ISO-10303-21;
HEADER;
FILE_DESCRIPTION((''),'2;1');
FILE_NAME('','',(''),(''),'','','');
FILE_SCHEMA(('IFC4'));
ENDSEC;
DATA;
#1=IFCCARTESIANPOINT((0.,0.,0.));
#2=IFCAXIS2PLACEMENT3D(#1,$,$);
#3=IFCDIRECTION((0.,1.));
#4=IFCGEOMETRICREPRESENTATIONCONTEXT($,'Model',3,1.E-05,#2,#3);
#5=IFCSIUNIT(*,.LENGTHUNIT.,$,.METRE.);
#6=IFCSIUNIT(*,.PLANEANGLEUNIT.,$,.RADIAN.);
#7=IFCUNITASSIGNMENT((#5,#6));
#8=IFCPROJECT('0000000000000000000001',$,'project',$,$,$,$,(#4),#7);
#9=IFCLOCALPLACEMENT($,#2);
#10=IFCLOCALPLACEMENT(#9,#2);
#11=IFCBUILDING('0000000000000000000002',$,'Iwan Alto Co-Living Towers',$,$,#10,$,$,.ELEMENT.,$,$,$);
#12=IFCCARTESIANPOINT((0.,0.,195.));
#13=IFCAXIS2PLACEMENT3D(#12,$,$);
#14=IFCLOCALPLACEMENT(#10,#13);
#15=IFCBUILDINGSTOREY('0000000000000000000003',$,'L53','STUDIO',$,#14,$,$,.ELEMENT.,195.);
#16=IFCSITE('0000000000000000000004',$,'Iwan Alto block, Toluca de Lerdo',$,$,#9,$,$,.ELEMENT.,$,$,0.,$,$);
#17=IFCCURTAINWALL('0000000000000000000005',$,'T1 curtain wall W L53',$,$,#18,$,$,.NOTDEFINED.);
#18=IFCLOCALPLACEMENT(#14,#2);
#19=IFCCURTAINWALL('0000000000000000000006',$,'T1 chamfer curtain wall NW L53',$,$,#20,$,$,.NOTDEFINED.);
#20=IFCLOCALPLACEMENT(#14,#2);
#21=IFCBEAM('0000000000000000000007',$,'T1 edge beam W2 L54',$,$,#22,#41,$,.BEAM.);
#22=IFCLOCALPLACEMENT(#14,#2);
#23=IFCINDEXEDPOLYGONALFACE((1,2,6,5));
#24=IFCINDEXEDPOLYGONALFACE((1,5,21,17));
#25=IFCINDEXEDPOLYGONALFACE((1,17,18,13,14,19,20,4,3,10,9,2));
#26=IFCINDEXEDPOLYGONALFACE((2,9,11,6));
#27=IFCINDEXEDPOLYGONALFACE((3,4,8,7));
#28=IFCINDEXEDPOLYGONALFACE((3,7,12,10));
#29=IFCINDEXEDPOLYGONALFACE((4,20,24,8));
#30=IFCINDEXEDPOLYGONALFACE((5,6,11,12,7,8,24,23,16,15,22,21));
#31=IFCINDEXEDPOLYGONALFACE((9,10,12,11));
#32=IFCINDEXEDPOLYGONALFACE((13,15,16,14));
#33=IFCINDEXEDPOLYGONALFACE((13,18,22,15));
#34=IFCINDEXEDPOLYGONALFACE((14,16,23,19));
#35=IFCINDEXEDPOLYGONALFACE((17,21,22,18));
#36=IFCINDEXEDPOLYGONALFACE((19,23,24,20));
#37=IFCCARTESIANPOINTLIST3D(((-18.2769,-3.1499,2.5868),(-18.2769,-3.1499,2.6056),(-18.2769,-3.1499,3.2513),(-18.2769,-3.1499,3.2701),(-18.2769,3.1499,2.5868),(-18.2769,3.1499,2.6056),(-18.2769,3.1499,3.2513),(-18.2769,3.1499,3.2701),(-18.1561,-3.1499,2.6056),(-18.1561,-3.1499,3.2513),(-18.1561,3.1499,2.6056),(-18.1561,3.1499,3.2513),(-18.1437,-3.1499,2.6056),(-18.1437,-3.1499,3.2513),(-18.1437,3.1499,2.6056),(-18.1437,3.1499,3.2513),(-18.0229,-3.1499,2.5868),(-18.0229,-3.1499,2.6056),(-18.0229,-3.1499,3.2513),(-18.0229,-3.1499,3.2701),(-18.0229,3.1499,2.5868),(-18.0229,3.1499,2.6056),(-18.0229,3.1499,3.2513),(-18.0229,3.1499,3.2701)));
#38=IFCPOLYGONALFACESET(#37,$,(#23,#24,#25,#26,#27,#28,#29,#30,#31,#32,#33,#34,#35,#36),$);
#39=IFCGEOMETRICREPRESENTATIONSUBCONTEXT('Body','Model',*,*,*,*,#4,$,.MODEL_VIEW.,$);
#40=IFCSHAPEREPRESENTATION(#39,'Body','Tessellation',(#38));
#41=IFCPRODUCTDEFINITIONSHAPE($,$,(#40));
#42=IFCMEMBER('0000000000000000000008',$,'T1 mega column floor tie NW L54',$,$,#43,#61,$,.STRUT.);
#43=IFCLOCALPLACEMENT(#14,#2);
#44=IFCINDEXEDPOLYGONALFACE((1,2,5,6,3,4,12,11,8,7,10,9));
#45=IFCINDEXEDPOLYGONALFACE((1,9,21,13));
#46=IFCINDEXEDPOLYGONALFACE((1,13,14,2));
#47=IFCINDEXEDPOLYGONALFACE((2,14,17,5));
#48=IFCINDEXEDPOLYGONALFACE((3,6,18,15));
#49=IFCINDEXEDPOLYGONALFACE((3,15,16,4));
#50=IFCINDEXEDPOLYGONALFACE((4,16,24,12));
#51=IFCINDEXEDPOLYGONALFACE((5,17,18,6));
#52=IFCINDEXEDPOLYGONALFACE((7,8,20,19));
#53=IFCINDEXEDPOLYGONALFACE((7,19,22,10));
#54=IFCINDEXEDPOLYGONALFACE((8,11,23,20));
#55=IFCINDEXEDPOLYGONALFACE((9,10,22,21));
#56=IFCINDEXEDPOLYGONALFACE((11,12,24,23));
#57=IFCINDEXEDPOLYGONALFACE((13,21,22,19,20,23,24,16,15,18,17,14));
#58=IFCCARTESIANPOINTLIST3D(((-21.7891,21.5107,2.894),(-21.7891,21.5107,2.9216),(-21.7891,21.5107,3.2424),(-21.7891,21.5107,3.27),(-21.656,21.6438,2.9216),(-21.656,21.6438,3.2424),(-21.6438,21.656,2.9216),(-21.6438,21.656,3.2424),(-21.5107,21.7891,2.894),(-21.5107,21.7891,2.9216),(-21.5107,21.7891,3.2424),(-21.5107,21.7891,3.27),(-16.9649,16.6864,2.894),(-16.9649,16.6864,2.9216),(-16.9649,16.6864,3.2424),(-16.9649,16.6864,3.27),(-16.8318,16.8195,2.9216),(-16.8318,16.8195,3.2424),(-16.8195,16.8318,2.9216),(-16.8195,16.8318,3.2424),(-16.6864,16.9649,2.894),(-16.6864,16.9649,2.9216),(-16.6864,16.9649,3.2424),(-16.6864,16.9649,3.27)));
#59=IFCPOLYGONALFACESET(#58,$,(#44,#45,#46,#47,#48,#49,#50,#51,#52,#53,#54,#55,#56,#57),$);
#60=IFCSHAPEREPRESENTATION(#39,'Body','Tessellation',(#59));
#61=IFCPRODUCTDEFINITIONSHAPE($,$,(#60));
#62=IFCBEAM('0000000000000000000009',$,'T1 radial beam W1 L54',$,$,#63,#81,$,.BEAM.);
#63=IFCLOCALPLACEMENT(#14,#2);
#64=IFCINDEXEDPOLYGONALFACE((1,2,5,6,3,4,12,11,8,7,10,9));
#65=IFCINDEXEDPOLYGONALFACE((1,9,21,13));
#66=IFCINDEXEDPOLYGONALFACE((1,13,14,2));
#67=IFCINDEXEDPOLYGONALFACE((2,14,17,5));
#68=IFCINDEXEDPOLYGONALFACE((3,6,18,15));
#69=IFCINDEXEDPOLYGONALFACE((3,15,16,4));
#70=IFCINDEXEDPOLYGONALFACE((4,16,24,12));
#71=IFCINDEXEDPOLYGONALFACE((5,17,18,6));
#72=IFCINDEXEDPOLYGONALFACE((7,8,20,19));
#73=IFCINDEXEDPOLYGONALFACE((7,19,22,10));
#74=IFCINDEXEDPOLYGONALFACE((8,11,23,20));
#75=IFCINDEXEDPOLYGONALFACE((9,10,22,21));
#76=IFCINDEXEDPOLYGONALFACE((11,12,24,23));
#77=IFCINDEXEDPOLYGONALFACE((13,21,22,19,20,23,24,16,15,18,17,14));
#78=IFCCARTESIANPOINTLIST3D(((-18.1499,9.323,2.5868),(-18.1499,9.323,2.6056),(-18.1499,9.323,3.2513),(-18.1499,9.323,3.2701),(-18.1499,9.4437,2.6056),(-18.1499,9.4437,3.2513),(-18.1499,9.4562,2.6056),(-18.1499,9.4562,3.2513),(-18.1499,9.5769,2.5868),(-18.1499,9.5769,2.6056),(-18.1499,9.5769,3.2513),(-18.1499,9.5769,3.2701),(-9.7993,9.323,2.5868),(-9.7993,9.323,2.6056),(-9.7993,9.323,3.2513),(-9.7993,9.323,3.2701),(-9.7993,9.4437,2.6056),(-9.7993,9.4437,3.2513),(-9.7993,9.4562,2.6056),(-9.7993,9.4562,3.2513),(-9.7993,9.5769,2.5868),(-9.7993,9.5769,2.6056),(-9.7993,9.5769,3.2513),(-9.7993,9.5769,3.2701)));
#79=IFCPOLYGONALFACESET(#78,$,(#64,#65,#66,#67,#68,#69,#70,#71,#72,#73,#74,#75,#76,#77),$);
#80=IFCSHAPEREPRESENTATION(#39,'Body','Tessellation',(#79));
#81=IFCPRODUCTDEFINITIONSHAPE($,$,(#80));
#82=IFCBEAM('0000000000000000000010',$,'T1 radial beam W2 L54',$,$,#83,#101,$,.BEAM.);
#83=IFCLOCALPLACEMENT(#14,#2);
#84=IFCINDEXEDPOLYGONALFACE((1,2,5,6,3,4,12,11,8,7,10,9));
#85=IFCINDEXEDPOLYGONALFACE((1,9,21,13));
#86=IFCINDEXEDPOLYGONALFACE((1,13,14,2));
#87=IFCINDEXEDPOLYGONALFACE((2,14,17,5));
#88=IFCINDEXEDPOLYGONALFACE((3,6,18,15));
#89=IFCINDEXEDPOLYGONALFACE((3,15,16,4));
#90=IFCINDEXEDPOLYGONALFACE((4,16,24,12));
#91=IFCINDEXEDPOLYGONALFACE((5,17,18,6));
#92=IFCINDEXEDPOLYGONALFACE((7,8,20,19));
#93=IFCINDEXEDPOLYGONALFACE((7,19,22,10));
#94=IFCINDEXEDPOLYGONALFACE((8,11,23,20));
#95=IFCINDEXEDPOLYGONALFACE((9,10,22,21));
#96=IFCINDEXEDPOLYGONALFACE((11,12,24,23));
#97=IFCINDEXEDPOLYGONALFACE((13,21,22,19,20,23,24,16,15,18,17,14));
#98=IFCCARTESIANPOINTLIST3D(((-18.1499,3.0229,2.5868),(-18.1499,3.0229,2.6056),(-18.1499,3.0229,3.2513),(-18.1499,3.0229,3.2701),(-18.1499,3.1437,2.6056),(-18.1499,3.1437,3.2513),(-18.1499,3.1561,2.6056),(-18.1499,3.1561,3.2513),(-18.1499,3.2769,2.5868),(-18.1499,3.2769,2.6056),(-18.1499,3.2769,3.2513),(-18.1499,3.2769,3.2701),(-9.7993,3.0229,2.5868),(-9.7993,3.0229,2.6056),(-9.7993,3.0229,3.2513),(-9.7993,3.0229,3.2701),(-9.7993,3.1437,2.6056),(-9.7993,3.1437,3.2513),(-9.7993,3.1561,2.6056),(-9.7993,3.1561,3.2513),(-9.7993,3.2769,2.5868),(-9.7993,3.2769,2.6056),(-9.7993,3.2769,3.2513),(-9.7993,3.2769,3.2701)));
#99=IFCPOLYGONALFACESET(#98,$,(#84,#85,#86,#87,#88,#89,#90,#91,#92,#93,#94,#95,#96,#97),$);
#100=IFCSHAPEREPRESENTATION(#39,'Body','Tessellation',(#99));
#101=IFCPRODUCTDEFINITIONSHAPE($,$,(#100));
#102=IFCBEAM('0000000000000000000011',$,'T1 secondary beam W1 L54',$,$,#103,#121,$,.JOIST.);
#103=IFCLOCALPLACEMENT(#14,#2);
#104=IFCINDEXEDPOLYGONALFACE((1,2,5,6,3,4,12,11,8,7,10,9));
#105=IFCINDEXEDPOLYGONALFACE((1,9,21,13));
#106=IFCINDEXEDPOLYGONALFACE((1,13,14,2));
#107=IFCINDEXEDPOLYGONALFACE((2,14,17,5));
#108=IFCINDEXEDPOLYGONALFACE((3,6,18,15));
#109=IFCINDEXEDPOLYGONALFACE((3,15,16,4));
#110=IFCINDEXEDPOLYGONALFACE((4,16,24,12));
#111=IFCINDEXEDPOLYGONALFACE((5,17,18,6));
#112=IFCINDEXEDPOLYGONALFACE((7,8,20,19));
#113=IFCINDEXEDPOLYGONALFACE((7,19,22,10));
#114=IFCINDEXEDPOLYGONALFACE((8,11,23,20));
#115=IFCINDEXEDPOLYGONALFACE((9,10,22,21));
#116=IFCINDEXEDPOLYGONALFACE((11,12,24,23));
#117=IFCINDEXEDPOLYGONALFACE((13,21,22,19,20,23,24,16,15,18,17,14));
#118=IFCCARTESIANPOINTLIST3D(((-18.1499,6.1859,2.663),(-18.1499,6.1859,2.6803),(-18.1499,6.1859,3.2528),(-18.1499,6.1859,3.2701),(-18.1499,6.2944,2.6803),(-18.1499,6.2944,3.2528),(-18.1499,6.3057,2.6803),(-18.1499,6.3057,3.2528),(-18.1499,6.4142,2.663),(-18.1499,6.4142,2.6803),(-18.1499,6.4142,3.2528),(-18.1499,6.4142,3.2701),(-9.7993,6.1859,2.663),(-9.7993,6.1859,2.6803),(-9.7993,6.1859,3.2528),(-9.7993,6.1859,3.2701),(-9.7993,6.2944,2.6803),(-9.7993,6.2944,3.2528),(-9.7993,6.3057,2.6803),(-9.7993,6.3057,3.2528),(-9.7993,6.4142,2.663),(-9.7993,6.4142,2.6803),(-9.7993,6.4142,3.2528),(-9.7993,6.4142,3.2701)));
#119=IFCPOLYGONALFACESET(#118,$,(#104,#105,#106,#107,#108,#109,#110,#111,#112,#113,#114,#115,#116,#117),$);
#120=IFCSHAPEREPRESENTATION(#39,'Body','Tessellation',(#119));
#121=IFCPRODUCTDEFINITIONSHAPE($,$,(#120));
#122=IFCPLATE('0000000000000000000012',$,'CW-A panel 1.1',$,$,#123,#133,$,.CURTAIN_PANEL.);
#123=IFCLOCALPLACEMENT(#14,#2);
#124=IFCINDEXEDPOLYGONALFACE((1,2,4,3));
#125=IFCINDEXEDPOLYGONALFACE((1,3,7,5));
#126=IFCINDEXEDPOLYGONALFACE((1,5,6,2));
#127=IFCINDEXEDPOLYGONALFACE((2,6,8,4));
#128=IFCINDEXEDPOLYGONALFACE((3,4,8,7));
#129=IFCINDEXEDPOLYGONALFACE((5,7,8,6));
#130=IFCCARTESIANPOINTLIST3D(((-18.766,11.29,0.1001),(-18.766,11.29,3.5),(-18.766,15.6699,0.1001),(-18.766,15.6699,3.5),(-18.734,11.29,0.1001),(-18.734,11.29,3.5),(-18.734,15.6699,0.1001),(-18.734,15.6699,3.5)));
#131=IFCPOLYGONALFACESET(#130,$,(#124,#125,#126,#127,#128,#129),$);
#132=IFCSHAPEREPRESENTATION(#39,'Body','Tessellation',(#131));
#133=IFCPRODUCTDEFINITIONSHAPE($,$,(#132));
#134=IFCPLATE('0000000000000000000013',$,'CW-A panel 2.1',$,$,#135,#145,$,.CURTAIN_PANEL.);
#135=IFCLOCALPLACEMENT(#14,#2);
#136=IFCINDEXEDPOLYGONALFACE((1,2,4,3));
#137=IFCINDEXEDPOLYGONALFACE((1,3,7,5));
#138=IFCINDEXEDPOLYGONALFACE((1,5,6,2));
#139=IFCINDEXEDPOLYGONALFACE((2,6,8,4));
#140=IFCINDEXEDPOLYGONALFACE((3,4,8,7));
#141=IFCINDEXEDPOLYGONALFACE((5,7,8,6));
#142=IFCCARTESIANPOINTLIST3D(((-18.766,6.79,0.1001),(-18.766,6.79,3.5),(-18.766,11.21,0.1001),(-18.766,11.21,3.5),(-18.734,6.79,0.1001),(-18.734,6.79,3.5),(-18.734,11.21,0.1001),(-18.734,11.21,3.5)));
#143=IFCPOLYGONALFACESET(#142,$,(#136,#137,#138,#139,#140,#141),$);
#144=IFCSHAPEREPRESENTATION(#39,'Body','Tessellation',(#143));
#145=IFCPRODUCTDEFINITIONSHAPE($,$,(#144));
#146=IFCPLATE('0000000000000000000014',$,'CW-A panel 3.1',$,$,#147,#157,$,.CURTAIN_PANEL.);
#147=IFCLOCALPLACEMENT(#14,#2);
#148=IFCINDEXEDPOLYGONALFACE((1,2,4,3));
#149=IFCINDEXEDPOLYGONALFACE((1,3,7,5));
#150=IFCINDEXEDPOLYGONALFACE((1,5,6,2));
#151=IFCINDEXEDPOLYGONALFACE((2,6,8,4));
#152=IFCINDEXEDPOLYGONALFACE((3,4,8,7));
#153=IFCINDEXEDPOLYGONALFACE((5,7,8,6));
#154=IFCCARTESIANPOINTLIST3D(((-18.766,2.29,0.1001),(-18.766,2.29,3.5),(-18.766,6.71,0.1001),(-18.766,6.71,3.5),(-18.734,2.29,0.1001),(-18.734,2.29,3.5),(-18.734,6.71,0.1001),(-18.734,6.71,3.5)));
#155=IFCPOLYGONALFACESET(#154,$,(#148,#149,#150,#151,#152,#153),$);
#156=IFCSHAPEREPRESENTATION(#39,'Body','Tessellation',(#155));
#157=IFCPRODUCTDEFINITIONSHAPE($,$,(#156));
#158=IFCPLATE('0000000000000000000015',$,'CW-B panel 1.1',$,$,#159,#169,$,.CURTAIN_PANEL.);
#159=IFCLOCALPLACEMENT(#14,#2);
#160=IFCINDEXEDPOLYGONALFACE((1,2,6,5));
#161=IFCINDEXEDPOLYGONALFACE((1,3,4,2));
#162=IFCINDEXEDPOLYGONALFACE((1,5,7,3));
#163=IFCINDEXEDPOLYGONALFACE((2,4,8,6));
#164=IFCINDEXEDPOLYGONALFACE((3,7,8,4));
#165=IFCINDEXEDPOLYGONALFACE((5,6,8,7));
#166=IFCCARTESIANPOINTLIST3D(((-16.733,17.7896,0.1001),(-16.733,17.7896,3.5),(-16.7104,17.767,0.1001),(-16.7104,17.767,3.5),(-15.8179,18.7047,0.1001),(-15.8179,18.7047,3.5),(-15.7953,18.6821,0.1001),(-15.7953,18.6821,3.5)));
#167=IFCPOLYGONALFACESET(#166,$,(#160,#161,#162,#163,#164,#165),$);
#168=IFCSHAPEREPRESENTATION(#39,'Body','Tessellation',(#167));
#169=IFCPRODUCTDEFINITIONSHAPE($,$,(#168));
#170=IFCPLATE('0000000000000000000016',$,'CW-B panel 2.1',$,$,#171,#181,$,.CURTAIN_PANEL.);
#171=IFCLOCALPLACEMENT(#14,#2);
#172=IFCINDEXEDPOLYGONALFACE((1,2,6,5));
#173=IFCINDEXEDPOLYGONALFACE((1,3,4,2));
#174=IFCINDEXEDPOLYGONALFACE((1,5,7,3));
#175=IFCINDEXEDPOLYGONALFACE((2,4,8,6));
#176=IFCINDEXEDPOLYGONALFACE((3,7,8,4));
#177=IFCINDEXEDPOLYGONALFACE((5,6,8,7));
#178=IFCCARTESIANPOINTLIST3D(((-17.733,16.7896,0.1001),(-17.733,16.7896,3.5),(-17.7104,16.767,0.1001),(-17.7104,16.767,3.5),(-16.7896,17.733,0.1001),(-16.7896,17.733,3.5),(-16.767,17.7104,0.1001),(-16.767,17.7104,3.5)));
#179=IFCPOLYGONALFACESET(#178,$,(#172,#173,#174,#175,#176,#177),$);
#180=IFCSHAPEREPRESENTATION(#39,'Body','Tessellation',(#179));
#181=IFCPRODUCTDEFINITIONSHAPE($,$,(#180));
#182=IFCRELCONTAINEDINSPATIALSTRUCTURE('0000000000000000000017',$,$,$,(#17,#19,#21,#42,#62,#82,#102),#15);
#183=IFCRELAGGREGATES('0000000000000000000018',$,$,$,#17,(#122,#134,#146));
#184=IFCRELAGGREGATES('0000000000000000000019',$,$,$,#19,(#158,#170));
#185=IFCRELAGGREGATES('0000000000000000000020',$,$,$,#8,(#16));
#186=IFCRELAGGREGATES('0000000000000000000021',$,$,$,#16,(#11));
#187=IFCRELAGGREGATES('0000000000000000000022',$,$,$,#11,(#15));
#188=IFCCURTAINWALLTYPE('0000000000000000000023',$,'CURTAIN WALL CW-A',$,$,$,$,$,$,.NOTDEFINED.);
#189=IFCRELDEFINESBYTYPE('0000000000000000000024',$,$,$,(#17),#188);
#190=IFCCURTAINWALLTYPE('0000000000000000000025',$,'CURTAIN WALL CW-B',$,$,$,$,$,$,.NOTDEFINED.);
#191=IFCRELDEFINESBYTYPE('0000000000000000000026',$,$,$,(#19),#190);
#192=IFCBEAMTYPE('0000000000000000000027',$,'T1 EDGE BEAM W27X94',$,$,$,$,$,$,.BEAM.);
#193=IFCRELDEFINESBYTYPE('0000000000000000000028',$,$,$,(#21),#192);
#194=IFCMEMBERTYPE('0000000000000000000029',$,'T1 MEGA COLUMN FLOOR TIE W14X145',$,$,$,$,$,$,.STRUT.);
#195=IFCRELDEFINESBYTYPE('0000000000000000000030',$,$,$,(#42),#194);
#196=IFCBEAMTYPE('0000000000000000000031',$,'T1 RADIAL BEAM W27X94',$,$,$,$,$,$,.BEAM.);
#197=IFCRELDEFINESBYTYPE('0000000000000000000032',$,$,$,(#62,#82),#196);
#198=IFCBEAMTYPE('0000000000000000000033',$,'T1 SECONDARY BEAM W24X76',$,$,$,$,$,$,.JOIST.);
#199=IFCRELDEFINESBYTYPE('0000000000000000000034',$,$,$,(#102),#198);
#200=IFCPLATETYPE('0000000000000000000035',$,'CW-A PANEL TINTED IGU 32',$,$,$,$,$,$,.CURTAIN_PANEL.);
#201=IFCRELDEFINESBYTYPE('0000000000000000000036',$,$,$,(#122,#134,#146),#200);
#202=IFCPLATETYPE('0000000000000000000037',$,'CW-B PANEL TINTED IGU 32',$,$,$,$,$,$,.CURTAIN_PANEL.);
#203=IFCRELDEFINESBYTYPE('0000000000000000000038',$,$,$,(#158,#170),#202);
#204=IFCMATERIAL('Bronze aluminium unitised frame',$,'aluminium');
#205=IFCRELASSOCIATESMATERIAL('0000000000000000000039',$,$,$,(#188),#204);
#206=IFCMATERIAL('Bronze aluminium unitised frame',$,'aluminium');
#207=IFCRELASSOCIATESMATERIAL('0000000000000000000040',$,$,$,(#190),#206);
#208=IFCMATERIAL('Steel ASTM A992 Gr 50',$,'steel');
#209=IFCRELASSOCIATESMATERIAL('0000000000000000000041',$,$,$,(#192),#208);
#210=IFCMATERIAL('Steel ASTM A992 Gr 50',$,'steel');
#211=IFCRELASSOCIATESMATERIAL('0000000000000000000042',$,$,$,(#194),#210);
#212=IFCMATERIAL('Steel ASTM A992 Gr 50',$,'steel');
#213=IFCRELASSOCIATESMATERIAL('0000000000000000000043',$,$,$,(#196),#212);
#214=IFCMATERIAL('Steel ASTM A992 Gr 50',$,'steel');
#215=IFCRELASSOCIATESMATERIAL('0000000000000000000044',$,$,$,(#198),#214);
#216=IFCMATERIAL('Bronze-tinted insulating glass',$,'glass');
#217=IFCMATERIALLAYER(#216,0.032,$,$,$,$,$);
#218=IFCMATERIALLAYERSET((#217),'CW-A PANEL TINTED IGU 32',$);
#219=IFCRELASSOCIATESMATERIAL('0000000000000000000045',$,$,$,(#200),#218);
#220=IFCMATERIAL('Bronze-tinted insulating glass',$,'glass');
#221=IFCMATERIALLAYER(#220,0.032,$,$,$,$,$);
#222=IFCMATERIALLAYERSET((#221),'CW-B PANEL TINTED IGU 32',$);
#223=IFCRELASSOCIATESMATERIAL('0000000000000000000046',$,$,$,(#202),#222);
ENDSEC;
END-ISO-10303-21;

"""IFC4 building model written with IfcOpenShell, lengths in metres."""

from ifc_helpers import new_model, si_unit, direction, frame, origin, origin_2d, place, context, subcontext, project, spatial, rectangle, i_section, extrude, material, layer, layer_set, material_profile, profile_set, type_object, element, aggregate, save


model = new_model("IFC4")

# Units and contexts
model_context = context("Model", 3, precision=1e-05, world=origin(), true_north=direction((0.0, 1.0)))
body_context = subcontext(model_context, "Body", "Model", "MODEL_VIEW")
ifc_project = project(units=[si_unit("LENGTHUNIT", "METRE"), si_unit("PLANEANGLEUNIT", "RADIAN")], contexts=[model_context])

# Site, building, storey
site_placement = place(None, origin())
site = spatial("IfcSite", under=ifc_project, at=site_placement, Name="Iwan Alto block, Toluca de Lerdo", CompositionType="ELEMENT", RefElevation=0.0)
building_placement = place(site_placement, origin())
building = spatial("IfcBuilding", under=site, at=building_placement, Name="Iwan Alto Co-Living Towers", CompositionType="ELEMENT")
storey_placement = place(building_placement, frame((0.0, 0.0, 195.0)))
storey = spatial("IfcBuildingStorey", under=building, at=storey_placement, Name="L53", Description="STUDIO", CompositionType="ELEMENT", Elevation=195.0)

# Shared definitions
ifc_material_1 = material(Name="Bronze aluminium unitised frame", Category="aluminium")
curtain_wall_type_1 = type_object("IfcCurtainWallType", Name="CURTAIN WALL CW-A", PredefinedType="NOTDEFINED", material=ifc_material_1)

# Curtain walls
curtain_wall_1_placement = place(storey_placement, origin())
curtain_wall_1 = element("IfcCurtainWall", 1, at=curtain_wall_1_placement, inside=storey, type_object=curtain_wall_type_1, Name="T1 curtain wall W L53", PredefinedType="NOTDEFINED")
ifc_material_2 = material(Name="Bronze aluminium unitised frame", Category="aluminium")
curtain_wall_type_2 = type_object("IfcCurtainWallType", Name="CURTAIN WALL CW-B", PredefinedType="NOTDEFINED", material=ifc_material_2)
curtain_wall_2_placement = place(storey_placement, origin())
curtain_wall_2 = element("IfcCurtainWall", 2, at=curtain_wall_2_placement, inside=storey, type_object=curtain_wall_type_2, Name="T1 chamfer curtain wall NW L53", PredefinedType="NOTDEFINED")

# Beam
ifc_material_3 = material(Name="Steel ASTM A992 Gr 50", Category="steel")
ifc_material_profile_1 = material_profile(ifc_material_3, i_section(OverallWidth=0.2539, OverallDepth=0.6833, WebThickness=0.0125, FlangeThickness=0.0188, at=origin_2d()), Name="W27X94")
ifc_profile_set_1 = profile_set([ifc_material_profile_1], Name="Steel ASTM A992 Gr 50")
beam_type_1 = type_object("IfcBeamType", Name="T1 EDGE BEAM W27X94", PredefinedType="BEAM", material=ifc_profile_set_1)
beam_1_placement = place(storey_placement, frame((-18.1499, 3.1499, 2.9285), z_axis=(0.0, -1.0, 0.0), x_axis=(1.0, 0.0, 0.0)))
element("IfcBeam", 3, at=beam_1_placement, inside=storey, type_object=beam_type_1, Name="T1 edge beam W2 L54", PredefinedType="BEAM", context=body_context, shape_type="SweptSolid", body=[
    extrude(i_section(OverallWidth=0.2539, OverallDepth=0.6833, WebThickness=0.0125, FlangeThickness=0.0188, at=origin_2d()), origin(), (0.0, 0.0, 1.0), 6.2998),
])

# Member
ifc_material_4 = material(Name="Steel ASTM A992 Gr 50", Category="steel")
ifc_material_profile_2 = material_profile(ifc_material_4, i_section(OverallWidth=0.3938, OverallDepth=0.376, WebThickness=0.0173, FlangeThickness=0.0276, at=origin_2d()), Name="W14X145")
ifc_profile_set_2 = profile_set([ifc_material_profile_2], Name="Steel ASTM A992 Gr 50")
member_type_1 = type_object("IfcMemberType", Name="T1 MEGA COLUMN FLOOR TIE W14X145", PredefinedType="STRUT", material=ifc_profile_set_2)
member_1_placement = place(storey_placement, frame((-21.6499, 21.6499, 3.082), z_axis=(0.707107, -0.707107, 0.0), x_axis=(0.707107, 0.707107, 0.0)))
element("IfcMember", 4, at=member_1_placement, inside=storey, type_object=member_type_1, Name="T1 mega column floor tie NW L54", PredefinedType="STRUT", context=body_context, shape_type="SweptSolid", body=[
    extrude(i_section(OverallWidth=0.3938, OverallDepth=0.376, WebThickness=0.0173, FlangeThickness=0.0276, at=origin_2d()), origin(), (0.0, 0.0, 1.0), 6.8225),
])

# Beams
ifc_material_5 = material(Name="Steel ASTM A992 Gr 50", Category="steel")
ifc_material_profile_3 = material_profile(ifc_material_5, i_section(OverallWidth=0.2539, OverallDepth=0.6833, WebThickness=0.0125, FlangeThickness=0.0188, at=origin_2d()), Name="W27X94")
ifc_profile_set_3 = profile_set([ifc_material_profile_3], Name="Steel ASTM A992 Gr 50")
beam_type_2 = type_object("IfcBeamType", Name="T1 RADIAL BEAM W27X94", PredefinedType="BEAM", material=ifc_profile_set_3)
for number, where, z_axis, x_axis, name in (
    (5, (-18.1499, 9.45, 2.9285), (1.0, 0.0, 0.0), (0.0, 1.0, 0.0), "T1 radial beam W1 L54"),
    (6, (-18.1499, 3.1499, 2.9285), (1.0, 0.0, 0.0), (0.0, 1.0, 0.0), "T1 radial beam W2 L54"),
):
    element("IfcBeam", number, at=place(storey_placement, frame(where, z_axis=z_axis, x_axis=x_axis)), inside=storey, type_object=beam_type_2, Name=name, PredefinedType="BEAM", context=body_context, shape_type="SweptSolid", body=[
        extrude(i_section(OverallWidth=0.2539, OverallDepth=0.6833, WebThickness=0.0125, FlangeThickness=0.0188, at=origin_2d()), origin(), (0.0, 0.0, 1.0), 8.3506),
    ])
ifc_material_6 = material(Name="Steel ASTM A992 Gr 50", Category="steel")
ifc_material_profile_4 = material_profile(ifc_material_6, i_section(OverallWidth=0.2283, OverallDepth=0.6072, WebThickness=0.0112, FlangeThickness=0.0173, at=origin_2d()), Name="W24X76")
ifc_profile_set_4 = profile_set([ifc_material_profile_4], Name="Steel ASTM A992 Gr 50")
beam_type_3 = type_object("IfcBeamType", Name="T1 SECONDARY BEAM W24X76", PredefinedType="JOIST", material=ifc_profile_set_4)
beam_2_placement = place(storey_placement, frame((-18.1499, 6.3, 2.9666), z_axis=(1.0, 0.0, 0.0), x_axis=(0.0, 1.0, 0.0)))
element("IfcBeam", 7, at=beam_2_placement, inside=storey, type_object=beam_type_3, Name="T1 secondary beam W1 L54", PredefinedType="JOIST", context=body_context, shape_type="SweptSolid", body=[
    extrude(i_section(OverallWidth=0.2283, OverallDepth=0.6072, WebThickness=0.0112, FlangeThickness=0.0173, at=origin_2d()), origin(), (0.0, 0.0, 1.0), 8.3506),
])

# Plates
ifc_material_7 = material(Name="Bronze-tinted insulating glass", Category="glass")
ifc_layer_1 = layer(ifc_material_7, 0.032)
ifc_layer_set_1 = layer_set([ifc_layer_1], Name="CW-A PANEL TINTED IGU 32")
plate_type_1 = type_object("IfcPlateType", Name="CW-A PANEL TINTED IGU 32", PredefinedType="CURTAIN_PANEL", material=ifc_layer_set_1)
plate_1_placement = place(storey_placement, frame((-18.75, 13.48, 0.1001), z_axis=(0.0, 0.0, 1.0), x_axis=(0.0, -1.0, 0.0)))
plate_1 = element("IfcPlate", 8, at=plate_1_placement, type_object=plate_type_1, Name="CW-A panel 1.1", PredefinedType="CURTAIN_PANEL", context=body_context, shape_type="SweptSolid", body=[
    extrude(rectangle(XDim=4.3799, YDim=0.032, at=origin_2d()), origin(), (0.0, 0.0, 1.0), 3.3999),
])
plate_2_placement = place(storey_placement, frame((-18.75, 9.0, 0.1001), z_axis=(0.0, 0.0, 1.0), x_axis=(0.0, -1.0, 0.0)))
plate_2 = element("IfcPlate", 9, at=plate_2_placement, type_object=plate_type_1, Name="CW-A panel 2.1", PredefinedType="CURTAIN_PANEL", context=body_context, shape_type="SweptSolid", body=[
    extrude(rectangle(XDim=4.4199, YDim=0.032, at=origin_2d()), origin(), (0.0, 0.0, 1.0), 3.3999),
])
plate_3_placement = place(storey_placement, frame((-18.75, 4.5, 0.1001), z_axis=(0.0, 0.0, 1.0), x_axis=(0.0, -1.0, 0.0)))
plate_3 = element("IfcPlate", 10, at=plate_3_placement, type_object=plate_type_1, Name="CW-A panel 3.1", PredefinedType="CURTAIN_PANEL", context=body_context, shape_type="SweptSolid", body=[
    extrude(rectangle(XDim=4.4199, YDim=0.032, at=origin_2d()), origin(), (0.0, 0.0, 1.0), 3.3999),
])
aggregate(curtain_wall_1, [plate_1, plate_2, plate_3])
ifc_material_8 = material(Name="Bronze-tinted insulating glass", Category="glass")
ifc_layer_2 = layer(ifc_material_8, 0.032)
ifc_layer_set_2 = layer_set([ifc_layer_2], Name="CW-B PANEL TINTED IGU 32")
plate_type_2 = type_object("IfcPlateType", Name="CW-B PANEL TINTED IGU 32", PredefinedType="CURTAIN_PANEL", material=ifc_layer_set_2)
plate_4_placement = place(storey_placement, frame((-16.2642, 18.2358, 0.1001), z_axis=(0.0, 0.0, 1.0), x_axis=(-0.707107, -0.707107, 0.0)))
plate_4 = element("IfcPlate", 11, at=plate_4_placement, type_object=plate_type_2, Name="CW-B panel 1.1", PredefinedType="CURTAIN_PANEL", context=body_context, shape_type="SweptSolid", body=[
    extrude(rectangle(XDim=1.2942, YDim=0.032, at=origin_2d()), origin(), (0.0, 0.0, 1.0), 3.3999),
])
plate_5_placement = place(storey_placement, frame((-17.25, 17.25, 0.1001), z_axis=(0.0, 0.0, 1.0), x_axis=(-0.707107, -0.707107, 0.0)))
plate_5 = element("IfcPlate", 12, at=plate_5_placement, type_object=plate_type_2, Name="CW-B panel 2.1", PredefinedType="CURTAIN_PANEL", context=body_context, shape_type="SweptSolid", body=[
    extrude(rectangle(XDim=1.3342, YDim=0.032, at=origin_2d()), origin(), (0.0, 0.0, 1.0), 3.3999),
])
aggregate(curtain_wall_2, [plate_4, plate_5])

save(model, "model.ifc")
